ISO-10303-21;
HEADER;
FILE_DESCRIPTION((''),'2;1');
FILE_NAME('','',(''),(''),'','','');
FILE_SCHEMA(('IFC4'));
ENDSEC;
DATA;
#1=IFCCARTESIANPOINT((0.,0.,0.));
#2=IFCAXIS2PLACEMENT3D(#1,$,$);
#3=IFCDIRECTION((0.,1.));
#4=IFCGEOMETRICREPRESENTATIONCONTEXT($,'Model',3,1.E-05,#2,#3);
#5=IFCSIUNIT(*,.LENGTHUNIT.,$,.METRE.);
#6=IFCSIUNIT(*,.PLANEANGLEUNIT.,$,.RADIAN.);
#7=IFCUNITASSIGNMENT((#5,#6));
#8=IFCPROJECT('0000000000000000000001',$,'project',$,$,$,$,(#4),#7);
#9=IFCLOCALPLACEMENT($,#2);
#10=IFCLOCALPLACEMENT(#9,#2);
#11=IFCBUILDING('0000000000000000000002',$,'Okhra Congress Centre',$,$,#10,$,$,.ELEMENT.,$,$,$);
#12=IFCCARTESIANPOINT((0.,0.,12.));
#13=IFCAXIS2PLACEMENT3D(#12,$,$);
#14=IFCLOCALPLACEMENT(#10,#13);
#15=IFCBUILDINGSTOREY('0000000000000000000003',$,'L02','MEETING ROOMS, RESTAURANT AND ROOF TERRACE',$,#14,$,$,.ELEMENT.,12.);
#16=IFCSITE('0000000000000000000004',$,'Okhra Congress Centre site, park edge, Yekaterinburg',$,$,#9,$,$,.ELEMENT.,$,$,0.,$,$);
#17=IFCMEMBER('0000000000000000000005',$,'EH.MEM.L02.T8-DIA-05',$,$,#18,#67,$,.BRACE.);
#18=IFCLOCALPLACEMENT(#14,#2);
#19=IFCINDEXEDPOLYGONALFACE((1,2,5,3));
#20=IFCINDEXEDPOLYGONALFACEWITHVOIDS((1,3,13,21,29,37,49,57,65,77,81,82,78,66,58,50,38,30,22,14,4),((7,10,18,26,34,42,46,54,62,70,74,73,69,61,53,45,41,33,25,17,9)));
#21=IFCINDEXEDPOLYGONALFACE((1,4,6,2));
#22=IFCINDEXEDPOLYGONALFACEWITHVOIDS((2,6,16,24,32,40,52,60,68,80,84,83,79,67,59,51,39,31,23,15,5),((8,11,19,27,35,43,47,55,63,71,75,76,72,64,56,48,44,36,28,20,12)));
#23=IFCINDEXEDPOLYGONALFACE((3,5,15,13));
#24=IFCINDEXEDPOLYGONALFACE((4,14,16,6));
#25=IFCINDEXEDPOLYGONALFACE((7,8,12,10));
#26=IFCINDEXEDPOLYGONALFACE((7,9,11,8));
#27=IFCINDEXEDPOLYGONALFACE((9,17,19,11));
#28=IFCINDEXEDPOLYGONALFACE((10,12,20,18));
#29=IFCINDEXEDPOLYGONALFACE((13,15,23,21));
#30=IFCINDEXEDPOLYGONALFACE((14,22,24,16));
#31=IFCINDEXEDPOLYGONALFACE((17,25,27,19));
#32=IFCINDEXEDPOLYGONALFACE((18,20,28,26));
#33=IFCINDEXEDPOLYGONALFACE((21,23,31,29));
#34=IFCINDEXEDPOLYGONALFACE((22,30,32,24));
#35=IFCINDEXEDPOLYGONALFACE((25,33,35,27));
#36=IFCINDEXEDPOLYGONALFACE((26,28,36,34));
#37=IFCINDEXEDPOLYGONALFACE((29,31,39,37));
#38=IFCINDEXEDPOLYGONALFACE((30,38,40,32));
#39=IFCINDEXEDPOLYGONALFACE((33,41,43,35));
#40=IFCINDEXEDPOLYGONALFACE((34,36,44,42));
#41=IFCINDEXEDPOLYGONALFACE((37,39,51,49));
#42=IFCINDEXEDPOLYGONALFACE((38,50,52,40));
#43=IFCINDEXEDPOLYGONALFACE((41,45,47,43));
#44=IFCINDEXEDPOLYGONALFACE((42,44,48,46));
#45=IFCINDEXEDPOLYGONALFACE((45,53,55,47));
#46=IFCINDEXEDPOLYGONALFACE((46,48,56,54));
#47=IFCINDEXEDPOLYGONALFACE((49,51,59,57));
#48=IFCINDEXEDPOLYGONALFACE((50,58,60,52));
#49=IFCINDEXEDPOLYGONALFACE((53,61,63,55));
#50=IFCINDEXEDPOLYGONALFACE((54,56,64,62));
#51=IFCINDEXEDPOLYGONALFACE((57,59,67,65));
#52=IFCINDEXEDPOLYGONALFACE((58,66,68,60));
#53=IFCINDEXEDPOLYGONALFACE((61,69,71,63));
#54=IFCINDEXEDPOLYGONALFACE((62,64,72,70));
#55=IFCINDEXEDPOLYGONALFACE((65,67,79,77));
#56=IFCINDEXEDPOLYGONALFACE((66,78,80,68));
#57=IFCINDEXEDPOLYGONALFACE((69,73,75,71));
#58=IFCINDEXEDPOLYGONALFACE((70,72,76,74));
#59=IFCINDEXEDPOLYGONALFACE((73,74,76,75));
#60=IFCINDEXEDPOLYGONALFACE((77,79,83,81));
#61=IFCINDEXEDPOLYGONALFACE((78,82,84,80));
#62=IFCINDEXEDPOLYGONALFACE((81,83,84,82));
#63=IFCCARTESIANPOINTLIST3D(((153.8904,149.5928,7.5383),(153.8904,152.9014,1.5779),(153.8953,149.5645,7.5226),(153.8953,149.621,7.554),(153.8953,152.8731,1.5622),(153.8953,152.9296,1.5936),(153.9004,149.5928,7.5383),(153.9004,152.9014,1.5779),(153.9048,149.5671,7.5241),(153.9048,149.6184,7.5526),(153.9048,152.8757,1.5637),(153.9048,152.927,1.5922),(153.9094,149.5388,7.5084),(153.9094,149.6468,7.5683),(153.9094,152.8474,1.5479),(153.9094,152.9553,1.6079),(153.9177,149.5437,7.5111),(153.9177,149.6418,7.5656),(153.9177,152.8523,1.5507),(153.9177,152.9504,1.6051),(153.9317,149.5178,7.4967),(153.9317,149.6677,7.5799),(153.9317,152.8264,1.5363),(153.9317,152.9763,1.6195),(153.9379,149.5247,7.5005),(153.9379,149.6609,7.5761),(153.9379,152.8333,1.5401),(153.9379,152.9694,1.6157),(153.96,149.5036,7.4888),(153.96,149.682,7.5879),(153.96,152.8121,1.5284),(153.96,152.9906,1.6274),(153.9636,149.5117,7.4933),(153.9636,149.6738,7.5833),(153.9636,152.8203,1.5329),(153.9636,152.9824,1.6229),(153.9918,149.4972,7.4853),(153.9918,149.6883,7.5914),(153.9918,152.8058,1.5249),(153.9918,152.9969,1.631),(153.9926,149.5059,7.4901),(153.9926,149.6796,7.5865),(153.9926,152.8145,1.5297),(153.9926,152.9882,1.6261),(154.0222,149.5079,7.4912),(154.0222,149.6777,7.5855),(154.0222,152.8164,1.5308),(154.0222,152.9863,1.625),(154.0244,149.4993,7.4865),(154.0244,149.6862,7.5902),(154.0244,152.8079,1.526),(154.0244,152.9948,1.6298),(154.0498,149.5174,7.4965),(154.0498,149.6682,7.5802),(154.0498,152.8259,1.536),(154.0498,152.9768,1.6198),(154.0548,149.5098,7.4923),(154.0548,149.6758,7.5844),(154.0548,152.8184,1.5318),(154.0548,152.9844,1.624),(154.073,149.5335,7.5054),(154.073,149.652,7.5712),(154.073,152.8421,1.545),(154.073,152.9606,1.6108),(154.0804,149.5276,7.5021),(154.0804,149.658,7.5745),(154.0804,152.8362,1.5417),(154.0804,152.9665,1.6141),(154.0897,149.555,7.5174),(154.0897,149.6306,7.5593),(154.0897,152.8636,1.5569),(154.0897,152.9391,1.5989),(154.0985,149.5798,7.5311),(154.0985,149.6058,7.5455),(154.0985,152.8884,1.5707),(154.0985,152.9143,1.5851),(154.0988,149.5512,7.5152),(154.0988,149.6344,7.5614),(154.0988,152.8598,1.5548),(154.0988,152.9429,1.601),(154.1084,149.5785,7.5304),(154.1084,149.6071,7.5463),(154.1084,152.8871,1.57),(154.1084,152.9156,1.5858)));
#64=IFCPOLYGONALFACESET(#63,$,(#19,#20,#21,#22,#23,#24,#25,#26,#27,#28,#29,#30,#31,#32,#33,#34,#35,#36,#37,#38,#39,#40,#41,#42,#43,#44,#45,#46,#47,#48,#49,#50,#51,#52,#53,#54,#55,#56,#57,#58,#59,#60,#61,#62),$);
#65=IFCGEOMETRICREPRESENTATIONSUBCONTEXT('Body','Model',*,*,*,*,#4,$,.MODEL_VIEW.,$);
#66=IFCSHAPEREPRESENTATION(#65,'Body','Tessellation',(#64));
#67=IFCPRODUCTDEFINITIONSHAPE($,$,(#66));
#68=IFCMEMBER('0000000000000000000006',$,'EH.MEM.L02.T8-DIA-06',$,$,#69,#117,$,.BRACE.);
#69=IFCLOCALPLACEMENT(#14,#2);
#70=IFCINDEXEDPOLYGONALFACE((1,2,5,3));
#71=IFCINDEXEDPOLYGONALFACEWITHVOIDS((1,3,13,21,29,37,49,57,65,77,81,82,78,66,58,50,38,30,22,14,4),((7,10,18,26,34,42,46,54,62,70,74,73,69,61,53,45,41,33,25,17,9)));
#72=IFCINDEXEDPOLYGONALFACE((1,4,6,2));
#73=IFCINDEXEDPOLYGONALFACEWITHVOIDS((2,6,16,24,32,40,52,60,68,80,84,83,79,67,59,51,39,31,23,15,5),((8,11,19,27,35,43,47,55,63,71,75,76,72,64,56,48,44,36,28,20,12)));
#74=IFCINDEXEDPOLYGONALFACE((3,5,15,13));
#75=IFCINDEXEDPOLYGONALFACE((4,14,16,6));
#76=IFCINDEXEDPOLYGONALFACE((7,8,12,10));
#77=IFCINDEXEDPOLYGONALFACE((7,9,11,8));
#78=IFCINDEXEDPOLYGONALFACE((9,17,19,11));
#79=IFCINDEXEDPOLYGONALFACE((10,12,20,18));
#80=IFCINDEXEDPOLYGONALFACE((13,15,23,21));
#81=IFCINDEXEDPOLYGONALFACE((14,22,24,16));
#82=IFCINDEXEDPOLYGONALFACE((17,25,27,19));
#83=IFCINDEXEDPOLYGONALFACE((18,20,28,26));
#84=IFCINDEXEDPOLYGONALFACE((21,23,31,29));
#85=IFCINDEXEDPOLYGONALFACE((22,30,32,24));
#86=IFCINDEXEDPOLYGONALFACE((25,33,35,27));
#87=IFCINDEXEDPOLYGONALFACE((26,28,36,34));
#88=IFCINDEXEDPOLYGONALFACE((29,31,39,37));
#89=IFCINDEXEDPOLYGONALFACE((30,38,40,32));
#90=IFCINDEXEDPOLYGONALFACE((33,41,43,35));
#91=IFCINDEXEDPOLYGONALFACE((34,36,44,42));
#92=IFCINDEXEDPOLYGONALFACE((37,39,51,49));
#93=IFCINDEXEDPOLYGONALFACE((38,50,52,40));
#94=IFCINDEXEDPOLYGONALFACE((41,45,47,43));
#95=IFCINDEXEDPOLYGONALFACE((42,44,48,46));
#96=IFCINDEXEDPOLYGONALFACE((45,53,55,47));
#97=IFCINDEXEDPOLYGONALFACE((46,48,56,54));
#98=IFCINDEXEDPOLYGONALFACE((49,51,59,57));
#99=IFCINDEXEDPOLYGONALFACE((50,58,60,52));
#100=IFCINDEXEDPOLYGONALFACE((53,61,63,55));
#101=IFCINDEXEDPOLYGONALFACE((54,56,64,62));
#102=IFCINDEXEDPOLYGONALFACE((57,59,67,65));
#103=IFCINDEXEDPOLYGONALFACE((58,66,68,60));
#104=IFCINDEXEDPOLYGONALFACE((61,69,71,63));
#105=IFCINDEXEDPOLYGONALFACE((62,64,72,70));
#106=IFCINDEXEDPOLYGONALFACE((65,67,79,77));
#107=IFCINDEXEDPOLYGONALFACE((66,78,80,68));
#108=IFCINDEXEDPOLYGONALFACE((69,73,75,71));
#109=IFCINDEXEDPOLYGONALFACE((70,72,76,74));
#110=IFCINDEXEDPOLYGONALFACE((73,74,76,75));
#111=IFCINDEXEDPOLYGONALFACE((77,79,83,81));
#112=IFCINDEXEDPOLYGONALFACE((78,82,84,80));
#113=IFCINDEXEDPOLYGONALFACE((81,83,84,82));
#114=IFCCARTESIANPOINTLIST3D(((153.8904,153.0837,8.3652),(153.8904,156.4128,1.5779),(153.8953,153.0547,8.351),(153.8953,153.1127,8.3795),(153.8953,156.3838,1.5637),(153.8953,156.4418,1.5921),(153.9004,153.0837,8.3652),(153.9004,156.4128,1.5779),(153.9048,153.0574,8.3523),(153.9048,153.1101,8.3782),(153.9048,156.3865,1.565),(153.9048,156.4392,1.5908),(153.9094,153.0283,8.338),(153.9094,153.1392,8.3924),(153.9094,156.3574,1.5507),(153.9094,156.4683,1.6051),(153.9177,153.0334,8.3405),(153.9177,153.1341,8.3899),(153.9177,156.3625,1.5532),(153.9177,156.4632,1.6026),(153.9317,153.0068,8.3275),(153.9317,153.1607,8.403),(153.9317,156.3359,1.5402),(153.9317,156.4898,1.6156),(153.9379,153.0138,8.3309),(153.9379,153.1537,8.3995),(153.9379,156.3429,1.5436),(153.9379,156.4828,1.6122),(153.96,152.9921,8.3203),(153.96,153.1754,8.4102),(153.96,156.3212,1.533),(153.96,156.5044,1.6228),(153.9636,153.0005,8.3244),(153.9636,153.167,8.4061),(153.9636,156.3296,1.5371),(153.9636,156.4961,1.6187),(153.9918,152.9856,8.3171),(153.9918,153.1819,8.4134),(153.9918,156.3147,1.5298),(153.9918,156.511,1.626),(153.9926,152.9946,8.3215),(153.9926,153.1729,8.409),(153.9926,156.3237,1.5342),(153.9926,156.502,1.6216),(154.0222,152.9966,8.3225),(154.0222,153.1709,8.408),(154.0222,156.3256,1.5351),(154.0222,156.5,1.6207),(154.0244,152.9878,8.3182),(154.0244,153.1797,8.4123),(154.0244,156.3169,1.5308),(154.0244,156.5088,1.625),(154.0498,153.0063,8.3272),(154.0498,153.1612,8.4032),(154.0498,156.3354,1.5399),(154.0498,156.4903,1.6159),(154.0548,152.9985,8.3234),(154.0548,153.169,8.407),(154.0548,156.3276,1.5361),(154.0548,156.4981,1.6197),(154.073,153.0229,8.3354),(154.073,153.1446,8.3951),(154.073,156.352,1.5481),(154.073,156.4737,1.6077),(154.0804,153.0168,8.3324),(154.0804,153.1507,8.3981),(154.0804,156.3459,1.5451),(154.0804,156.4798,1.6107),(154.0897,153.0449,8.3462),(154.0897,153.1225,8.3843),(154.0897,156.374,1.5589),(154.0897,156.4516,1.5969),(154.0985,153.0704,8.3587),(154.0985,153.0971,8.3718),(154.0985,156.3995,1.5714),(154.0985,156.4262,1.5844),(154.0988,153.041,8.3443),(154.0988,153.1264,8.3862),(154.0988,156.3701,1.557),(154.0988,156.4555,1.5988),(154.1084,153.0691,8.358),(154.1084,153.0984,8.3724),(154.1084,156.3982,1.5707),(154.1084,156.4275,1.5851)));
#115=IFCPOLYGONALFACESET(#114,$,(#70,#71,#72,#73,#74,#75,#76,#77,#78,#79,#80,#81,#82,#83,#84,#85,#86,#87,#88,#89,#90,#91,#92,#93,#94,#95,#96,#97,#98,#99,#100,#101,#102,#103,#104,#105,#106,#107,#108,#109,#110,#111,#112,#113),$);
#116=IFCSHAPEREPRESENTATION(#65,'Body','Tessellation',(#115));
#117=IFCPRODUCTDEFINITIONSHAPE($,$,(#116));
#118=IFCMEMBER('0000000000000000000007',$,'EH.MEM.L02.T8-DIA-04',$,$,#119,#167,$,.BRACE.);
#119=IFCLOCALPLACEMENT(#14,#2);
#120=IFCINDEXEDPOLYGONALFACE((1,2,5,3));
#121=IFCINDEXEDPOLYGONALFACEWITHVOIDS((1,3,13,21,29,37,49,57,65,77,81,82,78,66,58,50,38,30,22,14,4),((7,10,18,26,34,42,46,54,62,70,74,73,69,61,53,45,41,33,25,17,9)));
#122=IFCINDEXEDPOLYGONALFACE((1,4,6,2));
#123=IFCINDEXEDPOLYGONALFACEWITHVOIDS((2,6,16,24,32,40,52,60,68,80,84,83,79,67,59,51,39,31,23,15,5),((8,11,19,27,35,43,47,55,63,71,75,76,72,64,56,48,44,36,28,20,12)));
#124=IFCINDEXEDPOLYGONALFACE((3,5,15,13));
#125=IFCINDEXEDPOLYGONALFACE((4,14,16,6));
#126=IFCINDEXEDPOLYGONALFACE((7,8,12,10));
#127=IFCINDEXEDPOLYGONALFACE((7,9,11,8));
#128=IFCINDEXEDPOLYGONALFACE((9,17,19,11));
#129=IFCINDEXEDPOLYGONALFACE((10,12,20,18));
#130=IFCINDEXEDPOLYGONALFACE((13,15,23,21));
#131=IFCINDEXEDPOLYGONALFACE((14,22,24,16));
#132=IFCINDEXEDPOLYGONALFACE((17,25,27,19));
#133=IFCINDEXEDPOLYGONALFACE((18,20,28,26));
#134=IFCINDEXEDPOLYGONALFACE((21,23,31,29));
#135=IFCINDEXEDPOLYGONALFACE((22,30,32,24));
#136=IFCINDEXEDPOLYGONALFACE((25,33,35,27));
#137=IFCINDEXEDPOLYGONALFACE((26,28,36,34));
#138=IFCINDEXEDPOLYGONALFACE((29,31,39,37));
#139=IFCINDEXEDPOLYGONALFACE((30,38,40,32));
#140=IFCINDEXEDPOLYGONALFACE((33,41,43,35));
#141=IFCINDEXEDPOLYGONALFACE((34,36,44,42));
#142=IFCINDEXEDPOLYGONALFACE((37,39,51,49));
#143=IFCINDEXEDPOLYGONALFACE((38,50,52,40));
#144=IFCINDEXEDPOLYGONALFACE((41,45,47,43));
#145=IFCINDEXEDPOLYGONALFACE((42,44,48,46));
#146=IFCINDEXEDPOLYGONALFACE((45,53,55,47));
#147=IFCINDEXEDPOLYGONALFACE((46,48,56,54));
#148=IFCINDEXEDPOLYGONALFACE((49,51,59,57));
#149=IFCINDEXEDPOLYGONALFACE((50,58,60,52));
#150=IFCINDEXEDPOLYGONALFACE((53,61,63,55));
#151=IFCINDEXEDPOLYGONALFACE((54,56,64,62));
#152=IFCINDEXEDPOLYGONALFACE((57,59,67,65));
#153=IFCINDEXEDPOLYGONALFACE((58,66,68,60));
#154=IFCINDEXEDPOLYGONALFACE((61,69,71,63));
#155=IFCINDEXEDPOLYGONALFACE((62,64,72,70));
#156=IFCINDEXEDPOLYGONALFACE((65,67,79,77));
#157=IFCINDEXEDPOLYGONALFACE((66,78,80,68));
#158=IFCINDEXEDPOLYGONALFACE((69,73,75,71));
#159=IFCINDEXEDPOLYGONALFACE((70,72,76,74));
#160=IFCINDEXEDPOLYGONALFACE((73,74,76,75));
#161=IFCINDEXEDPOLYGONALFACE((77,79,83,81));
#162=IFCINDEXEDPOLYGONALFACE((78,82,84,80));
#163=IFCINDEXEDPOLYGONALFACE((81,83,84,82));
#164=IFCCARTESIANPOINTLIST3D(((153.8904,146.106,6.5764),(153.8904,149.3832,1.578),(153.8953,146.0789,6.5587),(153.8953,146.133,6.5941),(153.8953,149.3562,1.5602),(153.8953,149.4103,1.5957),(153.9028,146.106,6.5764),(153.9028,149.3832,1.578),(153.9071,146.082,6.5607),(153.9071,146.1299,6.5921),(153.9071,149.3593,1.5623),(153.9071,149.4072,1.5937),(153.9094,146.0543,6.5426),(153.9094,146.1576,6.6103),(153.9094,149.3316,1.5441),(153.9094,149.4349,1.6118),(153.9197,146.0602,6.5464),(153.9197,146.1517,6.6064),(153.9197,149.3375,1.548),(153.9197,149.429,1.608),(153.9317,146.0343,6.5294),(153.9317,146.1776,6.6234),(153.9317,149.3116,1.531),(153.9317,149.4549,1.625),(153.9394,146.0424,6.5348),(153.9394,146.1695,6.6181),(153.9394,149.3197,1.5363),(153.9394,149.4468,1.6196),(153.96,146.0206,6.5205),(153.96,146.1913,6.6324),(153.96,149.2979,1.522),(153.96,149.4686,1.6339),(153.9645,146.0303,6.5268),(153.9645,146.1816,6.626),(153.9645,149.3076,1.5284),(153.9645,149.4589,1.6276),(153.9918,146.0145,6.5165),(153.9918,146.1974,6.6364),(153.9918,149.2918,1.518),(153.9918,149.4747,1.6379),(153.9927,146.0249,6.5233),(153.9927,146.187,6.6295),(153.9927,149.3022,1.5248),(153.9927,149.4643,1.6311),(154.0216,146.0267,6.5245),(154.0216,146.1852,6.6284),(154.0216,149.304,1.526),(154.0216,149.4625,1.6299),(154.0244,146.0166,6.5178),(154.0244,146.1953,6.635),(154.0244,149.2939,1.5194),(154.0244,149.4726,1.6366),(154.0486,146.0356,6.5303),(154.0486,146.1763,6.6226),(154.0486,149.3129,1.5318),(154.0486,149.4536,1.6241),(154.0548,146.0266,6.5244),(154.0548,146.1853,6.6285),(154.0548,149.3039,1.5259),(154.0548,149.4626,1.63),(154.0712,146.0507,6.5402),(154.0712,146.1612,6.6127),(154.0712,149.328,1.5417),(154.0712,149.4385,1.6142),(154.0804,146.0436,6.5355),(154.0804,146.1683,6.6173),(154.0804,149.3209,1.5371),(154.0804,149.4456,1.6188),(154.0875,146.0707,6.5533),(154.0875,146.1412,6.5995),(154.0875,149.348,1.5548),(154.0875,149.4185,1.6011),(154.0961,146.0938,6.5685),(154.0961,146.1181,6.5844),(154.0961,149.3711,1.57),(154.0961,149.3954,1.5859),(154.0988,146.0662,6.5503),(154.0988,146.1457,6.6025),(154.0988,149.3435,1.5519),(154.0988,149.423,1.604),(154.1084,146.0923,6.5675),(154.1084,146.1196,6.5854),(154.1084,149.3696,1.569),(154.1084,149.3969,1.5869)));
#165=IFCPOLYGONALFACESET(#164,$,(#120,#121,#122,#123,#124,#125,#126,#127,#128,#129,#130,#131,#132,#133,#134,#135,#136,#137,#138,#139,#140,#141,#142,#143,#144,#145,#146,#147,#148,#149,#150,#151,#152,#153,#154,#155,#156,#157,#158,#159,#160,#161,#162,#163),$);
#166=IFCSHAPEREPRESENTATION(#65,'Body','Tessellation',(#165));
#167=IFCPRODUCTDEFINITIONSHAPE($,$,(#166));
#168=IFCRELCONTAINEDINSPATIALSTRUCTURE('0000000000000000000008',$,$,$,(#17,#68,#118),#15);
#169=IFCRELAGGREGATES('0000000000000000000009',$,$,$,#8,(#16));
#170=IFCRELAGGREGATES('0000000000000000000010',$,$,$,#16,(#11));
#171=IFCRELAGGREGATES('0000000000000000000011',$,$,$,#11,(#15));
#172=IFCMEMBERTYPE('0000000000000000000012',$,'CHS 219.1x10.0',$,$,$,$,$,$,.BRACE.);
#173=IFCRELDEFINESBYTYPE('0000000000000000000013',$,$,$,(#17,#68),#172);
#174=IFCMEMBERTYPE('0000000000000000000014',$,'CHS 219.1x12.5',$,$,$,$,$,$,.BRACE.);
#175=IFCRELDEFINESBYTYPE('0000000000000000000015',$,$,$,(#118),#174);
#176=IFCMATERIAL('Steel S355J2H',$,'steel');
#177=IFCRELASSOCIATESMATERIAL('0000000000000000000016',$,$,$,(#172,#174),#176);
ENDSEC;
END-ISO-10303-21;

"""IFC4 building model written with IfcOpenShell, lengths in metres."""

from ifc_helpers import new_model, si_unit, direction, frame, origin, origin_2d, place, context, subcontext, project, spatial, hollow_circle, extrude, material, material_profile, profile_set, type_object, element, save


model = new_model("IFC4")

# Units and contexts
model_context = context("Model", 3, precision=1e-05, world=origin(), true_north=direction((0.0, 1.0)))
body_context = subcontext(model_context, "Body", "Model", "MODEL_VIEW")
ifc_project = project(units=[si_unit("LENGTHUNIT", "METRE"), si_unit("PLANEANGLEUNIT", "RADIAN")], contexts=[model_context])

# Site, building, storey
site_placement = place(None, origin())
site = spatial("IfcSite", under=ifc_project, at=site_placement, Name="Okhra Congress Centre site, park edge, Yekaterinburg", CompositionType="ELEMENT", RefElevation=0.0)
building_placement = place(site_placement, origin())
building = spatial("IfcBuilding", under=site, at=building_placement, Name="Okhra Congress Centre", CompositionType="ELEMENT")
storey_placement = place(building_placement, frame((0.0, 0.0, 12.0)))
storey = spatial("IfcBuildingStorey", under=building, at=storey_placement, Name="L02", Description="MEETING ROOMS, RESTAURANT AND ROOF TERRACE", CompositionType="ELEMENT", Elevation=12.0)

# Members
ifc_material_1 = material(Name="Steel S355J2H", Category="steel")
ifc_material_profile_1 = material_profile(ifc_material_1, hollow_circle(Radius=0.1096, WallThickness=0.01, at=origin_2d()), Name="CHS 219.1x10.0")
ifc_profile_set_1 = profile_set([ifc_material_profile_1], Name="Steel S355J2H")
member_type_1 = type_object("IfcMemberType", Name="CHS 219.1x10.0", PredefinedType="BRACE", material=ifc_profile_set_1)
member_1_placement = place(storey_placement, frame((154.0, 149.5928, 7.5383), z_axis=(0.0, 0.485333, -0.87433), x_axis=(-1.0, 0.0, 0.0)))
element("IfcMember", 1, at=member_1_placement, inside=storey, type_object=member_type_1, Name="EH.MEM.L02.T8-DIA-05", PredefinedType="BRACE", context=body_context, shape_type="SweptSolid", body=[
    extrude(hollow_circle(Radius=0.1096, WallThickness=0.01, at=origin_2d()), origin(), (0.0, 0.0, 1.0), 6.8171),
])
member_2_placement = place(storey_placement, frame((154.0, 153.0837, 8.3652), z_axis=(0.0, 0.440367, -0.897818), x_axis=(-1.0, 0.0, 0.0)))
element("IfcMember", 2, at=member_2_placement, inside=storey, type_object=member_type_1, Name="EH.MEM.L02.T8-DIA-06", PredefinedType="BRACE", context=body_context, shape_type="SweptSolid", body=[
    extrude(hollow_circle(Radius=0.1096, WallThickness=0.01, at=origin_2d()), origin(), (0.0, 0.0, 1.0), 7.5598),
])
ifc_material_profile_2 = material_profile(ifc_material_1, hollow_circle(Radius=0.1096, WallThickness=0.0125, at=origin_2d()), Name="CHS 219.1x12.5")
ifc_profile_set_2 = profile_set([ifc_material_profile_2], Name="Steel S355J2H")
member_type_2 = type_object("IfcMemberType", Name="CHS 219.1x12.5", PredefinedType="BRACE", material=ifc_profile_set_2)
member_3_placement = place(storey_placement, frame((154.0, 146.106, 6.5764), z_axis=(0.0, 0.548312, -0.836274), x_axis=(-1.0, 0.0, 0.0)))
element("IfcMember", 3, at=member_3_placement, inside=storey, type_object=member_type_2, Name="EH.MEM.L02.T8-DIA-04", PredefinedType="BRACE", context=body_context, shape_type="SweptSolid", body=[
    extrude(hollow_circle(Radius=0.1096, WallThickness=0.0125, at=origin_2d()), origin(), (0.0, 0.0, 1.0), 5.9771),
])

save(model, "model.ifc")
